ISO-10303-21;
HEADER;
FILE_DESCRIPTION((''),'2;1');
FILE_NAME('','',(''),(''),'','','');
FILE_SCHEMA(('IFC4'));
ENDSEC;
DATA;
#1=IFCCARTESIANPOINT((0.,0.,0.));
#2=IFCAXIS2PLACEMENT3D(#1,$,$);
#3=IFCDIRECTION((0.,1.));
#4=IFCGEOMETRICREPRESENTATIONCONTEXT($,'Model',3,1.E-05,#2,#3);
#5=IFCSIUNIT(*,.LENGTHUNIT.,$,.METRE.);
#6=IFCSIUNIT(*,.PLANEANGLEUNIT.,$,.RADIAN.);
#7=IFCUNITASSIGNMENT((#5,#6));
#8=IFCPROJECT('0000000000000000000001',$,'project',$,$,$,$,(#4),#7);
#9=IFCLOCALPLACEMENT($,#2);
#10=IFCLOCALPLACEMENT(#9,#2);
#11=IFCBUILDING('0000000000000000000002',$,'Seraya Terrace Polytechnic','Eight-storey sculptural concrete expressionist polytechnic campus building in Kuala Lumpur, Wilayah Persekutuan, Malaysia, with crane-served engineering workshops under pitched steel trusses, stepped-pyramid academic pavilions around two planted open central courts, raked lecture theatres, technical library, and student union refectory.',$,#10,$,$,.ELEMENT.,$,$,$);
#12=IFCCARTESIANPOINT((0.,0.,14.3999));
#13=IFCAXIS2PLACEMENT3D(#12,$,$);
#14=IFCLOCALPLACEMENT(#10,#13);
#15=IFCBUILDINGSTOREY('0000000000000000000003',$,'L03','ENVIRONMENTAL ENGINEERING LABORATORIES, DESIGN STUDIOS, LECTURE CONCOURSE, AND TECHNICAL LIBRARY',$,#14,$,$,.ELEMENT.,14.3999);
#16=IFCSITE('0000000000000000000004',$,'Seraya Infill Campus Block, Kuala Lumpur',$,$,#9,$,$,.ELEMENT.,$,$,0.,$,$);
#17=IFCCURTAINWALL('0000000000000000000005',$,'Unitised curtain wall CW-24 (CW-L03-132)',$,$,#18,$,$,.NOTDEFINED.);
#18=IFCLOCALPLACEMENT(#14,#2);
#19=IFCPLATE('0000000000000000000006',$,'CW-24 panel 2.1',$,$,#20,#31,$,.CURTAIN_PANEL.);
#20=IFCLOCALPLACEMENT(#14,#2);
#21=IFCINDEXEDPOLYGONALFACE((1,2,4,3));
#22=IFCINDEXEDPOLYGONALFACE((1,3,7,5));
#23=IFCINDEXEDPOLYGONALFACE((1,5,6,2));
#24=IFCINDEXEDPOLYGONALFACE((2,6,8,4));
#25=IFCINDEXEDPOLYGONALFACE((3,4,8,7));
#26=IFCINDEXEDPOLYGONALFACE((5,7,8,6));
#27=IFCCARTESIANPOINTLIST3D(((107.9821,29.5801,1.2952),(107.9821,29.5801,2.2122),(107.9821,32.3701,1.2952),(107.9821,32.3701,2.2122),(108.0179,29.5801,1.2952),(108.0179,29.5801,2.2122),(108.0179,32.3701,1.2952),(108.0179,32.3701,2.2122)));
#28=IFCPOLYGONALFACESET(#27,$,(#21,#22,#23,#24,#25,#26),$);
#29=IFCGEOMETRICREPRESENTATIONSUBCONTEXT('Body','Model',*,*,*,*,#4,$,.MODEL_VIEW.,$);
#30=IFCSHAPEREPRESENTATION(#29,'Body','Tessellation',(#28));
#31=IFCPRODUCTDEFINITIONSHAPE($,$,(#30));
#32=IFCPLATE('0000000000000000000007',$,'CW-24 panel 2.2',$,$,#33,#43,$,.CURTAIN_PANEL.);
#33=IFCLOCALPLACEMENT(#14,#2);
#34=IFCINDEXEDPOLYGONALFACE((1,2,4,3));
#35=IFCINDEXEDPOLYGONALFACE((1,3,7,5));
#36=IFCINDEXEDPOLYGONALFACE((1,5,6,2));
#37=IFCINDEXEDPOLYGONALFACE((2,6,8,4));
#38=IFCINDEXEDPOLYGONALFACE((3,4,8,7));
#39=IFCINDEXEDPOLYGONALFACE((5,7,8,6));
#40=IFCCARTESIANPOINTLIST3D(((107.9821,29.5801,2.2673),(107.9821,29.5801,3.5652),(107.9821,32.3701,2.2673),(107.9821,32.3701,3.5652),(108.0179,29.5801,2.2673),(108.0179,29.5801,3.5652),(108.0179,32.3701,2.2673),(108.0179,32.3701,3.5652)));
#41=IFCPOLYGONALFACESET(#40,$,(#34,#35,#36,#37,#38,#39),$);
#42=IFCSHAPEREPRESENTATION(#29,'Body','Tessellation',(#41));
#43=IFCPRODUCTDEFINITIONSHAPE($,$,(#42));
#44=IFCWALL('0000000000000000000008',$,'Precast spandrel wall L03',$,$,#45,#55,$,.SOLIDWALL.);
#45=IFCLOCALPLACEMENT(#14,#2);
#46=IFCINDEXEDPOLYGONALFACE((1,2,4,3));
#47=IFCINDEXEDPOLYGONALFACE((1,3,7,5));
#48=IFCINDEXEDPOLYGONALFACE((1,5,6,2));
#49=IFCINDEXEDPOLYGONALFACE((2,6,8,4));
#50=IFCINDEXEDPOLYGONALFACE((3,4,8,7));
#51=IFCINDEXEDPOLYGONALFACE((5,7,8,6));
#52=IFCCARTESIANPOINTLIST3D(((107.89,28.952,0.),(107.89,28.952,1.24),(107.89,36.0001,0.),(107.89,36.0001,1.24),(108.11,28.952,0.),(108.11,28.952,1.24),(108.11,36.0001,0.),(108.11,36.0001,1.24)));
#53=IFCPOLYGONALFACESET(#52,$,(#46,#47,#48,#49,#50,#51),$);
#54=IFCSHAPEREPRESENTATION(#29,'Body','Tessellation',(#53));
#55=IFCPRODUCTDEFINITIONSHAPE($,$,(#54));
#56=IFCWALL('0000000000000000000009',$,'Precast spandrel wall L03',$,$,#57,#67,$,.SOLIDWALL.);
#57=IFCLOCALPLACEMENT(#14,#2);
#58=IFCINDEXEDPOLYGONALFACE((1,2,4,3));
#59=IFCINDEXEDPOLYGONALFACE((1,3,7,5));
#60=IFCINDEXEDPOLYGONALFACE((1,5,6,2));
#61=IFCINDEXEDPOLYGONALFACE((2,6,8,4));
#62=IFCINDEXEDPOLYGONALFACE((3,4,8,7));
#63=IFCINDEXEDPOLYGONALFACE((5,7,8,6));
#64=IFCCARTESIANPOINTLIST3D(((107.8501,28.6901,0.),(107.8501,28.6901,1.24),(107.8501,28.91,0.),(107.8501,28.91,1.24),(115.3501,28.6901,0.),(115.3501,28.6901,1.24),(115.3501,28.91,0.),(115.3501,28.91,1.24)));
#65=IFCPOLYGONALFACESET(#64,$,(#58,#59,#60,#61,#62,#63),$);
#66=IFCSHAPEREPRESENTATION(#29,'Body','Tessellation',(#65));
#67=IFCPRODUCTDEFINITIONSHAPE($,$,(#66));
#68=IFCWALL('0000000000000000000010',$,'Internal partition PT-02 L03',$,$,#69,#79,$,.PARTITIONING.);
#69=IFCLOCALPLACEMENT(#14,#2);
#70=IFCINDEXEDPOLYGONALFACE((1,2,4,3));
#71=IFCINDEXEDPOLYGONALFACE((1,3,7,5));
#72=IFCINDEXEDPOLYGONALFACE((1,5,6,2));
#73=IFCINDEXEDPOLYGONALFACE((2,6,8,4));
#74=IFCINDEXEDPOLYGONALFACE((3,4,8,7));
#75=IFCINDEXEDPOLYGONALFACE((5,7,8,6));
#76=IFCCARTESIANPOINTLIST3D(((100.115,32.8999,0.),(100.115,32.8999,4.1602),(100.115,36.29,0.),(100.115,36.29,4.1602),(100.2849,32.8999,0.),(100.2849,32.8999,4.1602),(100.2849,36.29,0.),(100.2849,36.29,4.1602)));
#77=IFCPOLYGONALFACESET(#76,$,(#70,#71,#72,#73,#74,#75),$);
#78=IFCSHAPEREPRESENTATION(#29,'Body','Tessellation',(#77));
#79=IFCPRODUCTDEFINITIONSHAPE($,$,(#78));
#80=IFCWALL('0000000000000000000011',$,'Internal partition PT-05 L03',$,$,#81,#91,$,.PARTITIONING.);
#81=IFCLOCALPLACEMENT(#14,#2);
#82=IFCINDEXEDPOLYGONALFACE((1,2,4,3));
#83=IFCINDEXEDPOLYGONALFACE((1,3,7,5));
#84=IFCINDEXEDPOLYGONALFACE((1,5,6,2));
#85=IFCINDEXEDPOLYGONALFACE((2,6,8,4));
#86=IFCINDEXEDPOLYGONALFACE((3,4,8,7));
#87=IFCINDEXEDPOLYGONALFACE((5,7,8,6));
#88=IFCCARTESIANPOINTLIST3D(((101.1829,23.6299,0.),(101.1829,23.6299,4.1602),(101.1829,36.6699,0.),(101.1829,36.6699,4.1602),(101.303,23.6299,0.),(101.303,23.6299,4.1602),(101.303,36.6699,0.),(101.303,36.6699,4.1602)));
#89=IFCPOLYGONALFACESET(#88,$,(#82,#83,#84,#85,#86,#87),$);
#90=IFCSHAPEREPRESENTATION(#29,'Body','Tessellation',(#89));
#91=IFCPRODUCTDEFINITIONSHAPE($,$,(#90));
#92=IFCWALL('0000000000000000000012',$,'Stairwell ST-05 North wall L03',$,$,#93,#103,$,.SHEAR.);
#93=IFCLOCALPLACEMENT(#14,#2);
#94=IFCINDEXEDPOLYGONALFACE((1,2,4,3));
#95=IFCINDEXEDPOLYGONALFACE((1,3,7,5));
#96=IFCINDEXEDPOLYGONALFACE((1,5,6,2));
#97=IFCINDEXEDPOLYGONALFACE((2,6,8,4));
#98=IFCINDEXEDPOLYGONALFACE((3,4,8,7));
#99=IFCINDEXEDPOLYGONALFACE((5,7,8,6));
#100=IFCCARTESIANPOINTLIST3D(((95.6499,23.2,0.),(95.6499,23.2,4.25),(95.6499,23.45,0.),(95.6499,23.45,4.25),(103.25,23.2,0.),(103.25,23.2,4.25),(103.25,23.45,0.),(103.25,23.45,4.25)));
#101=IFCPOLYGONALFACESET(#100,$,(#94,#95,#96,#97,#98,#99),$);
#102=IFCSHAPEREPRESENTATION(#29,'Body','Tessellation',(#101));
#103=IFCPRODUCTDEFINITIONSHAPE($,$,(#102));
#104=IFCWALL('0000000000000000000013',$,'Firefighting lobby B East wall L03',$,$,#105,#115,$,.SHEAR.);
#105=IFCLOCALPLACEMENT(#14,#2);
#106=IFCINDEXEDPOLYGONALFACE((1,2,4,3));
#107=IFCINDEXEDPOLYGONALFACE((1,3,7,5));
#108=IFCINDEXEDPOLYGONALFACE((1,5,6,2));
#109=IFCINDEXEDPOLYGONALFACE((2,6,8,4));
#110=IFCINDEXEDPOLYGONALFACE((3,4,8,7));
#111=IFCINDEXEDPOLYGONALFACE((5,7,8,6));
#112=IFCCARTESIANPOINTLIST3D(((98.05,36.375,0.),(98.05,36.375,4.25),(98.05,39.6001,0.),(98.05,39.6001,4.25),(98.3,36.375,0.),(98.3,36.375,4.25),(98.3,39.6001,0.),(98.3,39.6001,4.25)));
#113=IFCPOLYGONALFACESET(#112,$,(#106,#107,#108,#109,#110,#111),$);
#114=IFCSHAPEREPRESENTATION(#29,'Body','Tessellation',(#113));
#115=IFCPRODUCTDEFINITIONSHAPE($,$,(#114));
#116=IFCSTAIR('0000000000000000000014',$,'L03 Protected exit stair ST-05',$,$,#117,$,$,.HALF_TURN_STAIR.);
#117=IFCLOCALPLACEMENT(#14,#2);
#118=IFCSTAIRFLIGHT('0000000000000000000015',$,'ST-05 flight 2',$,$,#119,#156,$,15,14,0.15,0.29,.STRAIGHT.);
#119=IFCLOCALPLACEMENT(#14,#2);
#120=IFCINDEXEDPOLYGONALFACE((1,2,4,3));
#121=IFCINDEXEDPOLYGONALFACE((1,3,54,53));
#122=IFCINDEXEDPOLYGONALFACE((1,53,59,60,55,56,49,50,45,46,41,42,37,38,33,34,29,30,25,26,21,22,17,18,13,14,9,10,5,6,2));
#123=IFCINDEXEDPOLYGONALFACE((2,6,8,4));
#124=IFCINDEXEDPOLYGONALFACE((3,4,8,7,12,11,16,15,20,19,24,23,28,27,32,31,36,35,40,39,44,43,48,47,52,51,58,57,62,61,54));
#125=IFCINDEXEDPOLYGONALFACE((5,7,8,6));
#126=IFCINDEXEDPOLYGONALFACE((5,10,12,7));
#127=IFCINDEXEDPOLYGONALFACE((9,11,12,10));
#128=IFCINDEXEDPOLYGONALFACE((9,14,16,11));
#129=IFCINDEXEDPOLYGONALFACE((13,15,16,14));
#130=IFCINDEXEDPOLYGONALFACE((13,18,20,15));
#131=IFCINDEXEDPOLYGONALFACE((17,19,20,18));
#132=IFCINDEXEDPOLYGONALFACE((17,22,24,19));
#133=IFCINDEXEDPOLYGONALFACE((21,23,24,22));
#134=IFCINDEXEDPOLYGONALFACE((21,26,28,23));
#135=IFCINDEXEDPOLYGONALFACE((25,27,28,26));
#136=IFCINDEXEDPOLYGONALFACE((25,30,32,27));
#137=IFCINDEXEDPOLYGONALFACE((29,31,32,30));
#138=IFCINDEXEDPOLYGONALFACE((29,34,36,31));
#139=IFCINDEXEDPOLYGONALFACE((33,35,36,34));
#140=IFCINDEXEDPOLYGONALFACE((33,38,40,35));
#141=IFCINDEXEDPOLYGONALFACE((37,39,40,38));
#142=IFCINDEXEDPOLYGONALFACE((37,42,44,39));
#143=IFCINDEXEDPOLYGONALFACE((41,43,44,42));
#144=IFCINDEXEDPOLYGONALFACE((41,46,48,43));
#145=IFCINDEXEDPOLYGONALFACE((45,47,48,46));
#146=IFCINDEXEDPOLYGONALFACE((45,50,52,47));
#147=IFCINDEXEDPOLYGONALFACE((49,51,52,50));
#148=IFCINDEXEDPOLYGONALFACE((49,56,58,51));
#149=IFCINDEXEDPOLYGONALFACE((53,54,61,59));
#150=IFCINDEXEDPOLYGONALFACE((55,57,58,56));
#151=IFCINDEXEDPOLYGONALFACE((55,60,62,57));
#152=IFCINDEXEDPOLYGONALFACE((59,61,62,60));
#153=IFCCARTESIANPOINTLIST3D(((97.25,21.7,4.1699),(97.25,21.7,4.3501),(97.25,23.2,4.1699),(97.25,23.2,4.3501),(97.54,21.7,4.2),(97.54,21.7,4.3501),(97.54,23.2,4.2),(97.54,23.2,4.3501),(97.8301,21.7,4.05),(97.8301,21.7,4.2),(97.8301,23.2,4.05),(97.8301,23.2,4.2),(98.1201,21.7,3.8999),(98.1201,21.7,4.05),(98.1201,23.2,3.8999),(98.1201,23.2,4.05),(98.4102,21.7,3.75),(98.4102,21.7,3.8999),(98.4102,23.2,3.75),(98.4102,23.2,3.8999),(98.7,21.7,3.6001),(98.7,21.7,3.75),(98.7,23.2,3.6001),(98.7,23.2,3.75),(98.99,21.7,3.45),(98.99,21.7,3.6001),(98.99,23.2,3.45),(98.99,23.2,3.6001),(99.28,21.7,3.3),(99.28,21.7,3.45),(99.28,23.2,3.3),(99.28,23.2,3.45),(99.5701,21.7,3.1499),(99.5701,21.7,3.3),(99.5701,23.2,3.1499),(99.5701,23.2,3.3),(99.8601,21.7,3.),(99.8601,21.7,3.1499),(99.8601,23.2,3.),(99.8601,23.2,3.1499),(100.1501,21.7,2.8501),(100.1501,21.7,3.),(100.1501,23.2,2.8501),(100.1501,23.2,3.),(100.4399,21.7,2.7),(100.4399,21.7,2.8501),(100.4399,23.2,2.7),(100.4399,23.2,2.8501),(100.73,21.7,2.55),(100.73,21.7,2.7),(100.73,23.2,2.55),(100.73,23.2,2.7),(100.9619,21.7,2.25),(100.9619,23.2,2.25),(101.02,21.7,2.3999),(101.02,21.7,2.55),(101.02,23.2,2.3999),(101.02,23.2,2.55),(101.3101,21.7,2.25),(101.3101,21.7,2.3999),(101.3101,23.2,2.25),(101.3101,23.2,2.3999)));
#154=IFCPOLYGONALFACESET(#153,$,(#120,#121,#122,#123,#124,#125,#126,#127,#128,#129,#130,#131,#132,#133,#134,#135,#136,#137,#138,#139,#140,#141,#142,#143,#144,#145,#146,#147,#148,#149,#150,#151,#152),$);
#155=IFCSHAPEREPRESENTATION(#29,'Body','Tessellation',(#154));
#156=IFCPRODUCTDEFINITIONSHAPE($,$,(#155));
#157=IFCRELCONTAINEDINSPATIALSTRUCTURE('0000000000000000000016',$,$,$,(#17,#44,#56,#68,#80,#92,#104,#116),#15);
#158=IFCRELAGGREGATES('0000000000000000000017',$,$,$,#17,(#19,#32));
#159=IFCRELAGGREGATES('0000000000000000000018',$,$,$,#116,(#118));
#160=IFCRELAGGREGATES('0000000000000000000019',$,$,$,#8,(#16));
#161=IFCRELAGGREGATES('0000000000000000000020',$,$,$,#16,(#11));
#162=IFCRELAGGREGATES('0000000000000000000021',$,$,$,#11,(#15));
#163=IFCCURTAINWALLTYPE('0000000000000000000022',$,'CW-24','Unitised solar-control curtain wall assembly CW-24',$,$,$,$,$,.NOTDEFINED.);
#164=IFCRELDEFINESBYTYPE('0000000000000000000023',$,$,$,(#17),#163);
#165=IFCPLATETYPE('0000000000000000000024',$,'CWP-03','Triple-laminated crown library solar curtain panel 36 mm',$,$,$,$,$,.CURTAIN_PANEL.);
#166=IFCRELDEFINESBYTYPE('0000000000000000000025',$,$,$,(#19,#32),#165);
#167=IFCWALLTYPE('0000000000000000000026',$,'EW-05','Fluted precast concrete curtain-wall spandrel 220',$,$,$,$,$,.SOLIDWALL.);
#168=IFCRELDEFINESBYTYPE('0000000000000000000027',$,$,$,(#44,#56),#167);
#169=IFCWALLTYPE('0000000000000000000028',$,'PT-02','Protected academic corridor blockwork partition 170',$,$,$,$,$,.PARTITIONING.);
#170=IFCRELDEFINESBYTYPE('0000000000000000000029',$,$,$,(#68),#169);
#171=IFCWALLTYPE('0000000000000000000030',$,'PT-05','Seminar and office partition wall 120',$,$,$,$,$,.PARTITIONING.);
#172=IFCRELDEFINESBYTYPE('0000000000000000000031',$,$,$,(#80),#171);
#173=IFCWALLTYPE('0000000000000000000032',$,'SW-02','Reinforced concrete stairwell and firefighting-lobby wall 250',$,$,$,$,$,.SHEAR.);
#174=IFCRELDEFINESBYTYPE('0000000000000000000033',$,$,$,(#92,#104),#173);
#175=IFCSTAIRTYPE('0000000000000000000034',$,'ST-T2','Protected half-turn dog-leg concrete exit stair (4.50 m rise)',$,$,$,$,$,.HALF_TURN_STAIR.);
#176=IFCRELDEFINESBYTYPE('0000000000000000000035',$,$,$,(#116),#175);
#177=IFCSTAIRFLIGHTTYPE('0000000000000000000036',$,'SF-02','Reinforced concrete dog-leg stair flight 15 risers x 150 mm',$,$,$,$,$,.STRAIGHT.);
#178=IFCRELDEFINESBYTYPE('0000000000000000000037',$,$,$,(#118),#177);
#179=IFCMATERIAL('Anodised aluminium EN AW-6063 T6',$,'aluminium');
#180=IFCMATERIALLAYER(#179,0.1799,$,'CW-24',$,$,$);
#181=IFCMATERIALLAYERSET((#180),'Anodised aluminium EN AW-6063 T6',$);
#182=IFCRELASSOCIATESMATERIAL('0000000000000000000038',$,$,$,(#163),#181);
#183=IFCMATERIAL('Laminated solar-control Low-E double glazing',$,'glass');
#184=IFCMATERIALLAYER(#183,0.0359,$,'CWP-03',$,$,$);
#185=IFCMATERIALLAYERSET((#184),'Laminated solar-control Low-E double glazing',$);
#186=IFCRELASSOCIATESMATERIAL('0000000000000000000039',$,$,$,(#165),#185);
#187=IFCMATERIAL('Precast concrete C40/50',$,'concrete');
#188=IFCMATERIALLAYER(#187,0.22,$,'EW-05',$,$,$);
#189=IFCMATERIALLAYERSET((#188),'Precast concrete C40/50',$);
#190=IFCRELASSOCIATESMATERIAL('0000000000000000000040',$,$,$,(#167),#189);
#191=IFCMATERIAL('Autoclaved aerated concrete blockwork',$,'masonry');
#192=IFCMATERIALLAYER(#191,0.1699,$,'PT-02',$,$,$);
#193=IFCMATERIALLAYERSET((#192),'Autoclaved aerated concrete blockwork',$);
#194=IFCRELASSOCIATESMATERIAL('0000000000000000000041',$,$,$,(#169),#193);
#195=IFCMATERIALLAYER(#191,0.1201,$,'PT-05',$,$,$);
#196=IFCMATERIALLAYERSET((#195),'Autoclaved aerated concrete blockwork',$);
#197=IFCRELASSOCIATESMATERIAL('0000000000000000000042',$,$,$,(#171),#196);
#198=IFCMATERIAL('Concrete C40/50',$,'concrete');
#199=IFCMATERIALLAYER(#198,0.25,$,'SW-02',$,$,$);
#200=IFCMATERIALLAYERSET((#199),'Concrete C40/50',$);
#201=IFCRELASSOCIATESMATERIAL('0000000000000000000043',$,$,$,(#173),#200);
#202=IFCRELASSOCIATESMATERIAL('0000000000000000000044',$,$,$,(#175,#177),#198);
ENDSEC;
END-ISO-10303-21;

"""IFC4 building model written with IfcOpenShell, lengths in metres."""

from ifc_helpers import new_model, si_unit, direction, frame, frame_2d, origin, origin_2d, place, context, subcontext, project, spatial, polyline, rectangle, outline, extrude, material, layer, layer_set, type_object, element, aggregate, save


model = new_model("IFC4")

# Units and contexts
model_context = context("Model", 3, precision=1e-05, world=origin(), true_north=direction((0.0, 1.0)))
body_context = subcontext(model_context, "Body", "Model", "MODEL_VIEW")
ifc_project = project(units=[si_unit("LENGTHUNIT", "METRE"), si_unit("PLANEANGLEUNIT", "RADIAN")], contexts=[model_context])

# Site, building, storey
site_placement = place(None, origin())
site = spatial("IfcSite", under=ifc_project, at=site_placement, Name="Seraya Infill Campus Block, Kuala Lumpur", CompositionType="ELEMENT", RefElevation=0.0)
building_placement = place(site_placement, origin())
building = spatial("IfcBuilding", under=site, at=building_placement, Name="Seraya Terrace Polytechnic", Description="Eight-storey sculptural concrete expressionist polytechnic campus building in Kuala Lumpur, Wilayah Persekutuan, Malaysia, with crane-served engineering workshops under pitched steel trusses, stepped-pyramid academic pavilions around two planted open central courts, raked lecture theatres, technical library, and student union refectory.", CompositionType="ELEMENT")
storey_placement = place(building_placement, frame((0.0, 0.0, 14.3999)))
storey = spatial("IfcBuildingStorey", under=building, at=storey_placement, Name="L03", Description="ENVIRONMENTAL ENGINEERING LABORATORIES, DESIGN STUDIOS, LECTURE CONCOURSE, AND TECHNICAL LIBRARY", CompositionType="ELEMENT", Elevation=14.3999)

# Shared definitions
ifc_material_1 = material(Name="Concrete C40/50", Category="concrete")

# Shared definitions
ifc_material_2 = material(Name="Anodised aluminium EN AW-6063 T6", Category="aluminium")

# Curtain wall
ifc_layer_1 = layer(ifc_material_2, 0.1799, Name="CW-24")
ifc_layer_set_1 = layer_set([ifc_layer_1], Name="Anodised aluminium EN AW-6063 T6")
curtain_wall_type_1 = type_object("IfcCurtainWallType", Name="CW-24", Description="Unitised solar-control curtain wall assembly CW-24", PredefinedType="NOTDEFINED", material=ifc_layer_set_1)
curtain_wall_1_placement = place(storey_placement, origin())
curtain_wall_1 = element("IfcCurtainWall", 1, at=curtain_wall_1_placement, inside=storey, type_object=curtain_wall_type_1, Name="Unitised curtain wall CW-24 (CW-L03-132)", PredefinedType="NOTDEFINED")

# Plates
ifc_material_3 = material(Name="Laminated solar-control Low-E double glazing", Category="glass")
ifc_layer_2 = layer(ifc_material_3, 0.0359, Name="CWP-03")
ifc_layer_set_2 = layer_set([ifc_layer_2], Name="Laminated solar-control Low-E double glazing")
plate_type = type_object("IfcPlateType", Name="CWP-03", Description="Triple-laminated crown library solar curtain panel 36 mm", PredefinedType="CURTAIN_PANEL", material=ifc_layer_set_2)
plate_1_placement = place(storey_placement, frame((108.0, 30.9751, 1.2952), z_axis=(0.0, 0.0, 1.0), x_axis=(0.0, -1.0, 0.0)))
plate_1 = element("IfcPlate", 2, at=plate_1_placement, type_object=plate_type, Name="CW-24 panel 2.1", PredefinedType="CURTAIN_PANEL", context=body_context, shape_type="SweptSolid", body=[
    extrude(rectangle(XDim=2.79, YDim=0.0359, at=origin_2d()), origin(), (0.0, 0.0, 1.0), 0.917),
])
plate_2_placement = place(storey_placement, frame((108.0, 30.9751, 2.2673), z_axis=(0.0, 0.0, 1.0), x_axis=(0.0, -1.0, 0.0)))
plate_2 = element("IfcPlate", 3, at=plate_2_placement, type_object=plate_type, Name="CW-24 panel 2.2", PredefinedType="CURTAIN_PANEL", context=body_context, shape_type="SweptSolid", body=[
    extrude(rectangle(XDim=2.79, YDim=0.0359, at=origin_2d()), origin(), (0.0, 0.0, 1.0), 1.2979),
])
aggregate(curtain_wall_1, [plate_1, plate_2])

# Walls
ifc_material_4 = material(Name="Precast concrete C40/50", Category="concrete")
ifc_layer_3 = layer(ifc_material_4, 0.22, Name="EW-05")
ifc_layer_set_3 = layer_set([ifc_layer_3], Name="Precast concrete C40/50")
wall_type_1 = type_object("IfcWallType", Name="EW-05", Description="Fluted precast concrete curtain-wall spandrel 220", PredefinedType="SOLIDWALL", material=ifc_layer_set_3)
wall_1_placement = place(storey_placement, frame((108.0, 36.0, 0.0), z_axis=(0.0, 0.0, 1.0), x_axis=(0.0, -1.0, 0.0)))
element("IfcWall", 4, at=wall_1_placement, inside=storey, type_object=wall_type_1, Name="Precast spandrel wall L03", PredefinedType="SOLIDWALL", context=body_context, shape_type="SweptSolid", body=[
    extrude(rectangle(XDim=7.0481, YDim=0.22, at=frame_2d((3.5239, 0.0))), origin(), (0.0, 0.0, 1.0), 1.24),
])
wall_2_placement = place(storey_placement, frame((107.8501, 28.8, 0.0), z_axis=(0.0, 0.0, 1.0), x_axis=(1.0, 0.0, 0.0)))
element("IfcWall", 5, at=wall_2_placement, inside=storey, type_object=wall_type_1, Name="Precast spandrel wall L03", PredefinedType="SOLIDWALL", context=body_context, shape_type="SweptSolid", body=[
    extrude(rectangle(XDim=7.5, YDim=0.22, at=frame_2d((3.75, 0.0))), origin(), (0.0, 0.0, 1.0), 1.24),
])
ifc_material_5 = material(Name="Autoclaved aerated concrete blockwork", Category="masonry")
ifc_layer_4 = layer(ifc_material_5, 0.1699, Name="PT-02")
ifc_layer_set_4 = layer_set([ifc_layer_4], Name="Autoclaved aerated concrete blockwork")
wall_type_2 = type_object("IfcWallType", Name="PT-02", Description="Protected academic corridor blockwork partition 170", PredefinedType="PARTITIONING", material=ifc_layer_set_4)
wall_3_placement = place(storey_placement, frame((100.2, 32.8999, 0.0), z_axis=(0.0, 0.0, 1.0), x_axis=(0.0, 1.0, 0.0)))
element("IfcWall", 6, at=wall_3_placement, inside=storey, type_object=wall_type_2, Name="Internal partition PT-02 L03", PredefinedType="PARTITIONING", context=body_context, shape_type="SweptSolid", body=[
    extrude(rectangle(XDim=3.3901, YDim=0.1699, at=frame_2d((1.6951, 0.0))), origin(), (0.0, 0.0, 1.0), 4.1602),
])
ifc_layer_5 = layer(ifc_material_5, 0.1201, Name="PT-05")
ifc_layer_set_5 = layer_set([ifc_layer_5], Name="Autoclaved aerated concrete blockwork")
wall_type_3 = type_object("IfcWallType", Name="PT-05", Description="Seminar and office partition wall 120", PredefinedType="PARTITIONING", material=ifc_layer_set_5)
wall_4_placement = place(storey_placement, frame((101.2429, 23.6299, 0.0), z_axis=(0.0, 0.0, 1.0), x_axis=(0.0, 1.0, 0.0)))
element("IfcWall", 7, at=wall_4_placement, inside=storey, type_object=wall_type_3, Name="Internal partition PT-05 L03", PredefinedType="PARTITIONING", context=body_context, shape_type="SweptSolid", body=[
    extrude(rectangle(XDim=13.04, YDim=0.1201, at=frame_2d((6.52, 0.0))), origin(), (0.0, 0.0, 1.0), 4.1602),
])
ifc_layer_6 = layer(ifc_material_1, 0.25, Name="SW-02")
ifc_layer_set_6 = layer_set([ifc_layer_6], Name="Concrete C40/50")
wall_type_4 = type_object("IfcWallType", Name="SW-02", Description="Reinforced concrete stairwell and firefighting-lobby wall 250", PredefinedType="SHEAR", material=ifc_layer_set_6)
wall_5_placement = place(storey_placement, frame((95.6499, 23.325, 0.0), z_axis=(0.0, 0.0, 1.0), x_axis=(1.0, 0.0, 0.0)))
element("IfcWall", 8, at=wall_5_placement, inside=storey, type_object=wall_type_4, Name="Stairwell ST-05 North wall L03", PredefinedType="SHEAR", context=body_context, shape_type="SweptSolid", body=[
    extrude(rectangle(XDim=7.6001, YDim=0.25, at=frame_2d((3.8, 0.0))), origin(), (0.0, 0.0, 1.0), 4.25),
])
wall_6_placement = place(storey_placement, frame((98.175, 36.375, 0.0), z_axis=(0.0, 0.0, 1.0), x_axis=(0.0, 1.0, 0.0)))
element("IfcWall", 9, at=wall_6_placement, inside=storey, type_object=wall_type_4, Name="Firefighting lobby B East wall L03", PredefinedType="SHEAR", context=body_context, shape_type="SweptSolid", body=[
    extrude(rectangle(XDim=3.2251, YDim=0.25, at=frame_2d((1.6125, 0.0))), origin(), (0.0, 0.0, 1.0), 4.25),
])

# Stair, stair flight
stair_type = type_object("IfcStairType", Name="ST-T2", Description="Protected half-turn dog-leg concrete exit stair (4.50 m rise)", PredefinedType="HALF_TURN_STAIR", material=ifc_material_1)
stair_placement = place(storey_placement, origin())
stair = element("IfcStair", 10, at=stair_placement, inside=storey, type_object=stair_type, Name="L03 Protected exit stair ST-05", PredefinedType="HALF_TURN_STAIR")
stair_flight_type = type_object("IfcStairFlightType", Name="SF-02", Description="Reinforced concrete dog-leg stair flight 15 risers x 150 mm", PredefinedType="STRAIGHT", material=ifc_material_1)
stair_flight_placement = place(storey_placement, frame((101.3101, 22.45, 2.25), z_axis=(0.0, 0.0, 1.0), x_axis=(-1.0, 0.0, 0.0)))
stair_flight = element("IfcStairFlight", 11, at=stair_flight_placement, type_object=stair_flight_type, Name="ST-05 flight 2", NumberOfRisers=15, NumberOfTreads=14, PredefinedType="STRAIGHT", RiserHeight=0.15, TreadLength=0.29, context=body_context, shape_type="SweptSolid", body=[
    extrude(outline(polyline([(0.0, 0.0), (0.0, 0.1499), (0.29, 0.1499), (0.29, 0.3), (0.5801, 0.3), (0.5801, 0.45), (0.8701, 0.45), (0.8701, 0.6001), (1.1599, 0.6001), (1.1599, 0.75), (1.45, 0.75), (1.45, 0.8999), (1.74, 0.8999), (1.74, 1.05), (2.03, 1.05), (2.03, 1.2), (2.3201, 1.2), (2.3201, 1.3501), (2.6101, 1.3501), (2.6101, 1.5), (2.8999, 1.5), (2.8999, 1.6499), (3.1899, 1.6499), (3.1899, 1.8), (3.48, 1.8), (3.48, 1.95), (3.77, 1.95), (3.77, 2.1001), (4.0601, 2.1001), (4.0601, 2.25), (4.0601, 1.9199), (0.3481, 0.0), (0.0, 0.0)])), frame((0.0, 0.75, 0.0), z_axis=(0.0, -1.0, 0.0), x_axis=(1.0, 0.0, 0.0)), (0.0, 0.0, 1.0), 1.5),
])
aggregate(stair, [stair_flight])

save(model, "model.ifc")
